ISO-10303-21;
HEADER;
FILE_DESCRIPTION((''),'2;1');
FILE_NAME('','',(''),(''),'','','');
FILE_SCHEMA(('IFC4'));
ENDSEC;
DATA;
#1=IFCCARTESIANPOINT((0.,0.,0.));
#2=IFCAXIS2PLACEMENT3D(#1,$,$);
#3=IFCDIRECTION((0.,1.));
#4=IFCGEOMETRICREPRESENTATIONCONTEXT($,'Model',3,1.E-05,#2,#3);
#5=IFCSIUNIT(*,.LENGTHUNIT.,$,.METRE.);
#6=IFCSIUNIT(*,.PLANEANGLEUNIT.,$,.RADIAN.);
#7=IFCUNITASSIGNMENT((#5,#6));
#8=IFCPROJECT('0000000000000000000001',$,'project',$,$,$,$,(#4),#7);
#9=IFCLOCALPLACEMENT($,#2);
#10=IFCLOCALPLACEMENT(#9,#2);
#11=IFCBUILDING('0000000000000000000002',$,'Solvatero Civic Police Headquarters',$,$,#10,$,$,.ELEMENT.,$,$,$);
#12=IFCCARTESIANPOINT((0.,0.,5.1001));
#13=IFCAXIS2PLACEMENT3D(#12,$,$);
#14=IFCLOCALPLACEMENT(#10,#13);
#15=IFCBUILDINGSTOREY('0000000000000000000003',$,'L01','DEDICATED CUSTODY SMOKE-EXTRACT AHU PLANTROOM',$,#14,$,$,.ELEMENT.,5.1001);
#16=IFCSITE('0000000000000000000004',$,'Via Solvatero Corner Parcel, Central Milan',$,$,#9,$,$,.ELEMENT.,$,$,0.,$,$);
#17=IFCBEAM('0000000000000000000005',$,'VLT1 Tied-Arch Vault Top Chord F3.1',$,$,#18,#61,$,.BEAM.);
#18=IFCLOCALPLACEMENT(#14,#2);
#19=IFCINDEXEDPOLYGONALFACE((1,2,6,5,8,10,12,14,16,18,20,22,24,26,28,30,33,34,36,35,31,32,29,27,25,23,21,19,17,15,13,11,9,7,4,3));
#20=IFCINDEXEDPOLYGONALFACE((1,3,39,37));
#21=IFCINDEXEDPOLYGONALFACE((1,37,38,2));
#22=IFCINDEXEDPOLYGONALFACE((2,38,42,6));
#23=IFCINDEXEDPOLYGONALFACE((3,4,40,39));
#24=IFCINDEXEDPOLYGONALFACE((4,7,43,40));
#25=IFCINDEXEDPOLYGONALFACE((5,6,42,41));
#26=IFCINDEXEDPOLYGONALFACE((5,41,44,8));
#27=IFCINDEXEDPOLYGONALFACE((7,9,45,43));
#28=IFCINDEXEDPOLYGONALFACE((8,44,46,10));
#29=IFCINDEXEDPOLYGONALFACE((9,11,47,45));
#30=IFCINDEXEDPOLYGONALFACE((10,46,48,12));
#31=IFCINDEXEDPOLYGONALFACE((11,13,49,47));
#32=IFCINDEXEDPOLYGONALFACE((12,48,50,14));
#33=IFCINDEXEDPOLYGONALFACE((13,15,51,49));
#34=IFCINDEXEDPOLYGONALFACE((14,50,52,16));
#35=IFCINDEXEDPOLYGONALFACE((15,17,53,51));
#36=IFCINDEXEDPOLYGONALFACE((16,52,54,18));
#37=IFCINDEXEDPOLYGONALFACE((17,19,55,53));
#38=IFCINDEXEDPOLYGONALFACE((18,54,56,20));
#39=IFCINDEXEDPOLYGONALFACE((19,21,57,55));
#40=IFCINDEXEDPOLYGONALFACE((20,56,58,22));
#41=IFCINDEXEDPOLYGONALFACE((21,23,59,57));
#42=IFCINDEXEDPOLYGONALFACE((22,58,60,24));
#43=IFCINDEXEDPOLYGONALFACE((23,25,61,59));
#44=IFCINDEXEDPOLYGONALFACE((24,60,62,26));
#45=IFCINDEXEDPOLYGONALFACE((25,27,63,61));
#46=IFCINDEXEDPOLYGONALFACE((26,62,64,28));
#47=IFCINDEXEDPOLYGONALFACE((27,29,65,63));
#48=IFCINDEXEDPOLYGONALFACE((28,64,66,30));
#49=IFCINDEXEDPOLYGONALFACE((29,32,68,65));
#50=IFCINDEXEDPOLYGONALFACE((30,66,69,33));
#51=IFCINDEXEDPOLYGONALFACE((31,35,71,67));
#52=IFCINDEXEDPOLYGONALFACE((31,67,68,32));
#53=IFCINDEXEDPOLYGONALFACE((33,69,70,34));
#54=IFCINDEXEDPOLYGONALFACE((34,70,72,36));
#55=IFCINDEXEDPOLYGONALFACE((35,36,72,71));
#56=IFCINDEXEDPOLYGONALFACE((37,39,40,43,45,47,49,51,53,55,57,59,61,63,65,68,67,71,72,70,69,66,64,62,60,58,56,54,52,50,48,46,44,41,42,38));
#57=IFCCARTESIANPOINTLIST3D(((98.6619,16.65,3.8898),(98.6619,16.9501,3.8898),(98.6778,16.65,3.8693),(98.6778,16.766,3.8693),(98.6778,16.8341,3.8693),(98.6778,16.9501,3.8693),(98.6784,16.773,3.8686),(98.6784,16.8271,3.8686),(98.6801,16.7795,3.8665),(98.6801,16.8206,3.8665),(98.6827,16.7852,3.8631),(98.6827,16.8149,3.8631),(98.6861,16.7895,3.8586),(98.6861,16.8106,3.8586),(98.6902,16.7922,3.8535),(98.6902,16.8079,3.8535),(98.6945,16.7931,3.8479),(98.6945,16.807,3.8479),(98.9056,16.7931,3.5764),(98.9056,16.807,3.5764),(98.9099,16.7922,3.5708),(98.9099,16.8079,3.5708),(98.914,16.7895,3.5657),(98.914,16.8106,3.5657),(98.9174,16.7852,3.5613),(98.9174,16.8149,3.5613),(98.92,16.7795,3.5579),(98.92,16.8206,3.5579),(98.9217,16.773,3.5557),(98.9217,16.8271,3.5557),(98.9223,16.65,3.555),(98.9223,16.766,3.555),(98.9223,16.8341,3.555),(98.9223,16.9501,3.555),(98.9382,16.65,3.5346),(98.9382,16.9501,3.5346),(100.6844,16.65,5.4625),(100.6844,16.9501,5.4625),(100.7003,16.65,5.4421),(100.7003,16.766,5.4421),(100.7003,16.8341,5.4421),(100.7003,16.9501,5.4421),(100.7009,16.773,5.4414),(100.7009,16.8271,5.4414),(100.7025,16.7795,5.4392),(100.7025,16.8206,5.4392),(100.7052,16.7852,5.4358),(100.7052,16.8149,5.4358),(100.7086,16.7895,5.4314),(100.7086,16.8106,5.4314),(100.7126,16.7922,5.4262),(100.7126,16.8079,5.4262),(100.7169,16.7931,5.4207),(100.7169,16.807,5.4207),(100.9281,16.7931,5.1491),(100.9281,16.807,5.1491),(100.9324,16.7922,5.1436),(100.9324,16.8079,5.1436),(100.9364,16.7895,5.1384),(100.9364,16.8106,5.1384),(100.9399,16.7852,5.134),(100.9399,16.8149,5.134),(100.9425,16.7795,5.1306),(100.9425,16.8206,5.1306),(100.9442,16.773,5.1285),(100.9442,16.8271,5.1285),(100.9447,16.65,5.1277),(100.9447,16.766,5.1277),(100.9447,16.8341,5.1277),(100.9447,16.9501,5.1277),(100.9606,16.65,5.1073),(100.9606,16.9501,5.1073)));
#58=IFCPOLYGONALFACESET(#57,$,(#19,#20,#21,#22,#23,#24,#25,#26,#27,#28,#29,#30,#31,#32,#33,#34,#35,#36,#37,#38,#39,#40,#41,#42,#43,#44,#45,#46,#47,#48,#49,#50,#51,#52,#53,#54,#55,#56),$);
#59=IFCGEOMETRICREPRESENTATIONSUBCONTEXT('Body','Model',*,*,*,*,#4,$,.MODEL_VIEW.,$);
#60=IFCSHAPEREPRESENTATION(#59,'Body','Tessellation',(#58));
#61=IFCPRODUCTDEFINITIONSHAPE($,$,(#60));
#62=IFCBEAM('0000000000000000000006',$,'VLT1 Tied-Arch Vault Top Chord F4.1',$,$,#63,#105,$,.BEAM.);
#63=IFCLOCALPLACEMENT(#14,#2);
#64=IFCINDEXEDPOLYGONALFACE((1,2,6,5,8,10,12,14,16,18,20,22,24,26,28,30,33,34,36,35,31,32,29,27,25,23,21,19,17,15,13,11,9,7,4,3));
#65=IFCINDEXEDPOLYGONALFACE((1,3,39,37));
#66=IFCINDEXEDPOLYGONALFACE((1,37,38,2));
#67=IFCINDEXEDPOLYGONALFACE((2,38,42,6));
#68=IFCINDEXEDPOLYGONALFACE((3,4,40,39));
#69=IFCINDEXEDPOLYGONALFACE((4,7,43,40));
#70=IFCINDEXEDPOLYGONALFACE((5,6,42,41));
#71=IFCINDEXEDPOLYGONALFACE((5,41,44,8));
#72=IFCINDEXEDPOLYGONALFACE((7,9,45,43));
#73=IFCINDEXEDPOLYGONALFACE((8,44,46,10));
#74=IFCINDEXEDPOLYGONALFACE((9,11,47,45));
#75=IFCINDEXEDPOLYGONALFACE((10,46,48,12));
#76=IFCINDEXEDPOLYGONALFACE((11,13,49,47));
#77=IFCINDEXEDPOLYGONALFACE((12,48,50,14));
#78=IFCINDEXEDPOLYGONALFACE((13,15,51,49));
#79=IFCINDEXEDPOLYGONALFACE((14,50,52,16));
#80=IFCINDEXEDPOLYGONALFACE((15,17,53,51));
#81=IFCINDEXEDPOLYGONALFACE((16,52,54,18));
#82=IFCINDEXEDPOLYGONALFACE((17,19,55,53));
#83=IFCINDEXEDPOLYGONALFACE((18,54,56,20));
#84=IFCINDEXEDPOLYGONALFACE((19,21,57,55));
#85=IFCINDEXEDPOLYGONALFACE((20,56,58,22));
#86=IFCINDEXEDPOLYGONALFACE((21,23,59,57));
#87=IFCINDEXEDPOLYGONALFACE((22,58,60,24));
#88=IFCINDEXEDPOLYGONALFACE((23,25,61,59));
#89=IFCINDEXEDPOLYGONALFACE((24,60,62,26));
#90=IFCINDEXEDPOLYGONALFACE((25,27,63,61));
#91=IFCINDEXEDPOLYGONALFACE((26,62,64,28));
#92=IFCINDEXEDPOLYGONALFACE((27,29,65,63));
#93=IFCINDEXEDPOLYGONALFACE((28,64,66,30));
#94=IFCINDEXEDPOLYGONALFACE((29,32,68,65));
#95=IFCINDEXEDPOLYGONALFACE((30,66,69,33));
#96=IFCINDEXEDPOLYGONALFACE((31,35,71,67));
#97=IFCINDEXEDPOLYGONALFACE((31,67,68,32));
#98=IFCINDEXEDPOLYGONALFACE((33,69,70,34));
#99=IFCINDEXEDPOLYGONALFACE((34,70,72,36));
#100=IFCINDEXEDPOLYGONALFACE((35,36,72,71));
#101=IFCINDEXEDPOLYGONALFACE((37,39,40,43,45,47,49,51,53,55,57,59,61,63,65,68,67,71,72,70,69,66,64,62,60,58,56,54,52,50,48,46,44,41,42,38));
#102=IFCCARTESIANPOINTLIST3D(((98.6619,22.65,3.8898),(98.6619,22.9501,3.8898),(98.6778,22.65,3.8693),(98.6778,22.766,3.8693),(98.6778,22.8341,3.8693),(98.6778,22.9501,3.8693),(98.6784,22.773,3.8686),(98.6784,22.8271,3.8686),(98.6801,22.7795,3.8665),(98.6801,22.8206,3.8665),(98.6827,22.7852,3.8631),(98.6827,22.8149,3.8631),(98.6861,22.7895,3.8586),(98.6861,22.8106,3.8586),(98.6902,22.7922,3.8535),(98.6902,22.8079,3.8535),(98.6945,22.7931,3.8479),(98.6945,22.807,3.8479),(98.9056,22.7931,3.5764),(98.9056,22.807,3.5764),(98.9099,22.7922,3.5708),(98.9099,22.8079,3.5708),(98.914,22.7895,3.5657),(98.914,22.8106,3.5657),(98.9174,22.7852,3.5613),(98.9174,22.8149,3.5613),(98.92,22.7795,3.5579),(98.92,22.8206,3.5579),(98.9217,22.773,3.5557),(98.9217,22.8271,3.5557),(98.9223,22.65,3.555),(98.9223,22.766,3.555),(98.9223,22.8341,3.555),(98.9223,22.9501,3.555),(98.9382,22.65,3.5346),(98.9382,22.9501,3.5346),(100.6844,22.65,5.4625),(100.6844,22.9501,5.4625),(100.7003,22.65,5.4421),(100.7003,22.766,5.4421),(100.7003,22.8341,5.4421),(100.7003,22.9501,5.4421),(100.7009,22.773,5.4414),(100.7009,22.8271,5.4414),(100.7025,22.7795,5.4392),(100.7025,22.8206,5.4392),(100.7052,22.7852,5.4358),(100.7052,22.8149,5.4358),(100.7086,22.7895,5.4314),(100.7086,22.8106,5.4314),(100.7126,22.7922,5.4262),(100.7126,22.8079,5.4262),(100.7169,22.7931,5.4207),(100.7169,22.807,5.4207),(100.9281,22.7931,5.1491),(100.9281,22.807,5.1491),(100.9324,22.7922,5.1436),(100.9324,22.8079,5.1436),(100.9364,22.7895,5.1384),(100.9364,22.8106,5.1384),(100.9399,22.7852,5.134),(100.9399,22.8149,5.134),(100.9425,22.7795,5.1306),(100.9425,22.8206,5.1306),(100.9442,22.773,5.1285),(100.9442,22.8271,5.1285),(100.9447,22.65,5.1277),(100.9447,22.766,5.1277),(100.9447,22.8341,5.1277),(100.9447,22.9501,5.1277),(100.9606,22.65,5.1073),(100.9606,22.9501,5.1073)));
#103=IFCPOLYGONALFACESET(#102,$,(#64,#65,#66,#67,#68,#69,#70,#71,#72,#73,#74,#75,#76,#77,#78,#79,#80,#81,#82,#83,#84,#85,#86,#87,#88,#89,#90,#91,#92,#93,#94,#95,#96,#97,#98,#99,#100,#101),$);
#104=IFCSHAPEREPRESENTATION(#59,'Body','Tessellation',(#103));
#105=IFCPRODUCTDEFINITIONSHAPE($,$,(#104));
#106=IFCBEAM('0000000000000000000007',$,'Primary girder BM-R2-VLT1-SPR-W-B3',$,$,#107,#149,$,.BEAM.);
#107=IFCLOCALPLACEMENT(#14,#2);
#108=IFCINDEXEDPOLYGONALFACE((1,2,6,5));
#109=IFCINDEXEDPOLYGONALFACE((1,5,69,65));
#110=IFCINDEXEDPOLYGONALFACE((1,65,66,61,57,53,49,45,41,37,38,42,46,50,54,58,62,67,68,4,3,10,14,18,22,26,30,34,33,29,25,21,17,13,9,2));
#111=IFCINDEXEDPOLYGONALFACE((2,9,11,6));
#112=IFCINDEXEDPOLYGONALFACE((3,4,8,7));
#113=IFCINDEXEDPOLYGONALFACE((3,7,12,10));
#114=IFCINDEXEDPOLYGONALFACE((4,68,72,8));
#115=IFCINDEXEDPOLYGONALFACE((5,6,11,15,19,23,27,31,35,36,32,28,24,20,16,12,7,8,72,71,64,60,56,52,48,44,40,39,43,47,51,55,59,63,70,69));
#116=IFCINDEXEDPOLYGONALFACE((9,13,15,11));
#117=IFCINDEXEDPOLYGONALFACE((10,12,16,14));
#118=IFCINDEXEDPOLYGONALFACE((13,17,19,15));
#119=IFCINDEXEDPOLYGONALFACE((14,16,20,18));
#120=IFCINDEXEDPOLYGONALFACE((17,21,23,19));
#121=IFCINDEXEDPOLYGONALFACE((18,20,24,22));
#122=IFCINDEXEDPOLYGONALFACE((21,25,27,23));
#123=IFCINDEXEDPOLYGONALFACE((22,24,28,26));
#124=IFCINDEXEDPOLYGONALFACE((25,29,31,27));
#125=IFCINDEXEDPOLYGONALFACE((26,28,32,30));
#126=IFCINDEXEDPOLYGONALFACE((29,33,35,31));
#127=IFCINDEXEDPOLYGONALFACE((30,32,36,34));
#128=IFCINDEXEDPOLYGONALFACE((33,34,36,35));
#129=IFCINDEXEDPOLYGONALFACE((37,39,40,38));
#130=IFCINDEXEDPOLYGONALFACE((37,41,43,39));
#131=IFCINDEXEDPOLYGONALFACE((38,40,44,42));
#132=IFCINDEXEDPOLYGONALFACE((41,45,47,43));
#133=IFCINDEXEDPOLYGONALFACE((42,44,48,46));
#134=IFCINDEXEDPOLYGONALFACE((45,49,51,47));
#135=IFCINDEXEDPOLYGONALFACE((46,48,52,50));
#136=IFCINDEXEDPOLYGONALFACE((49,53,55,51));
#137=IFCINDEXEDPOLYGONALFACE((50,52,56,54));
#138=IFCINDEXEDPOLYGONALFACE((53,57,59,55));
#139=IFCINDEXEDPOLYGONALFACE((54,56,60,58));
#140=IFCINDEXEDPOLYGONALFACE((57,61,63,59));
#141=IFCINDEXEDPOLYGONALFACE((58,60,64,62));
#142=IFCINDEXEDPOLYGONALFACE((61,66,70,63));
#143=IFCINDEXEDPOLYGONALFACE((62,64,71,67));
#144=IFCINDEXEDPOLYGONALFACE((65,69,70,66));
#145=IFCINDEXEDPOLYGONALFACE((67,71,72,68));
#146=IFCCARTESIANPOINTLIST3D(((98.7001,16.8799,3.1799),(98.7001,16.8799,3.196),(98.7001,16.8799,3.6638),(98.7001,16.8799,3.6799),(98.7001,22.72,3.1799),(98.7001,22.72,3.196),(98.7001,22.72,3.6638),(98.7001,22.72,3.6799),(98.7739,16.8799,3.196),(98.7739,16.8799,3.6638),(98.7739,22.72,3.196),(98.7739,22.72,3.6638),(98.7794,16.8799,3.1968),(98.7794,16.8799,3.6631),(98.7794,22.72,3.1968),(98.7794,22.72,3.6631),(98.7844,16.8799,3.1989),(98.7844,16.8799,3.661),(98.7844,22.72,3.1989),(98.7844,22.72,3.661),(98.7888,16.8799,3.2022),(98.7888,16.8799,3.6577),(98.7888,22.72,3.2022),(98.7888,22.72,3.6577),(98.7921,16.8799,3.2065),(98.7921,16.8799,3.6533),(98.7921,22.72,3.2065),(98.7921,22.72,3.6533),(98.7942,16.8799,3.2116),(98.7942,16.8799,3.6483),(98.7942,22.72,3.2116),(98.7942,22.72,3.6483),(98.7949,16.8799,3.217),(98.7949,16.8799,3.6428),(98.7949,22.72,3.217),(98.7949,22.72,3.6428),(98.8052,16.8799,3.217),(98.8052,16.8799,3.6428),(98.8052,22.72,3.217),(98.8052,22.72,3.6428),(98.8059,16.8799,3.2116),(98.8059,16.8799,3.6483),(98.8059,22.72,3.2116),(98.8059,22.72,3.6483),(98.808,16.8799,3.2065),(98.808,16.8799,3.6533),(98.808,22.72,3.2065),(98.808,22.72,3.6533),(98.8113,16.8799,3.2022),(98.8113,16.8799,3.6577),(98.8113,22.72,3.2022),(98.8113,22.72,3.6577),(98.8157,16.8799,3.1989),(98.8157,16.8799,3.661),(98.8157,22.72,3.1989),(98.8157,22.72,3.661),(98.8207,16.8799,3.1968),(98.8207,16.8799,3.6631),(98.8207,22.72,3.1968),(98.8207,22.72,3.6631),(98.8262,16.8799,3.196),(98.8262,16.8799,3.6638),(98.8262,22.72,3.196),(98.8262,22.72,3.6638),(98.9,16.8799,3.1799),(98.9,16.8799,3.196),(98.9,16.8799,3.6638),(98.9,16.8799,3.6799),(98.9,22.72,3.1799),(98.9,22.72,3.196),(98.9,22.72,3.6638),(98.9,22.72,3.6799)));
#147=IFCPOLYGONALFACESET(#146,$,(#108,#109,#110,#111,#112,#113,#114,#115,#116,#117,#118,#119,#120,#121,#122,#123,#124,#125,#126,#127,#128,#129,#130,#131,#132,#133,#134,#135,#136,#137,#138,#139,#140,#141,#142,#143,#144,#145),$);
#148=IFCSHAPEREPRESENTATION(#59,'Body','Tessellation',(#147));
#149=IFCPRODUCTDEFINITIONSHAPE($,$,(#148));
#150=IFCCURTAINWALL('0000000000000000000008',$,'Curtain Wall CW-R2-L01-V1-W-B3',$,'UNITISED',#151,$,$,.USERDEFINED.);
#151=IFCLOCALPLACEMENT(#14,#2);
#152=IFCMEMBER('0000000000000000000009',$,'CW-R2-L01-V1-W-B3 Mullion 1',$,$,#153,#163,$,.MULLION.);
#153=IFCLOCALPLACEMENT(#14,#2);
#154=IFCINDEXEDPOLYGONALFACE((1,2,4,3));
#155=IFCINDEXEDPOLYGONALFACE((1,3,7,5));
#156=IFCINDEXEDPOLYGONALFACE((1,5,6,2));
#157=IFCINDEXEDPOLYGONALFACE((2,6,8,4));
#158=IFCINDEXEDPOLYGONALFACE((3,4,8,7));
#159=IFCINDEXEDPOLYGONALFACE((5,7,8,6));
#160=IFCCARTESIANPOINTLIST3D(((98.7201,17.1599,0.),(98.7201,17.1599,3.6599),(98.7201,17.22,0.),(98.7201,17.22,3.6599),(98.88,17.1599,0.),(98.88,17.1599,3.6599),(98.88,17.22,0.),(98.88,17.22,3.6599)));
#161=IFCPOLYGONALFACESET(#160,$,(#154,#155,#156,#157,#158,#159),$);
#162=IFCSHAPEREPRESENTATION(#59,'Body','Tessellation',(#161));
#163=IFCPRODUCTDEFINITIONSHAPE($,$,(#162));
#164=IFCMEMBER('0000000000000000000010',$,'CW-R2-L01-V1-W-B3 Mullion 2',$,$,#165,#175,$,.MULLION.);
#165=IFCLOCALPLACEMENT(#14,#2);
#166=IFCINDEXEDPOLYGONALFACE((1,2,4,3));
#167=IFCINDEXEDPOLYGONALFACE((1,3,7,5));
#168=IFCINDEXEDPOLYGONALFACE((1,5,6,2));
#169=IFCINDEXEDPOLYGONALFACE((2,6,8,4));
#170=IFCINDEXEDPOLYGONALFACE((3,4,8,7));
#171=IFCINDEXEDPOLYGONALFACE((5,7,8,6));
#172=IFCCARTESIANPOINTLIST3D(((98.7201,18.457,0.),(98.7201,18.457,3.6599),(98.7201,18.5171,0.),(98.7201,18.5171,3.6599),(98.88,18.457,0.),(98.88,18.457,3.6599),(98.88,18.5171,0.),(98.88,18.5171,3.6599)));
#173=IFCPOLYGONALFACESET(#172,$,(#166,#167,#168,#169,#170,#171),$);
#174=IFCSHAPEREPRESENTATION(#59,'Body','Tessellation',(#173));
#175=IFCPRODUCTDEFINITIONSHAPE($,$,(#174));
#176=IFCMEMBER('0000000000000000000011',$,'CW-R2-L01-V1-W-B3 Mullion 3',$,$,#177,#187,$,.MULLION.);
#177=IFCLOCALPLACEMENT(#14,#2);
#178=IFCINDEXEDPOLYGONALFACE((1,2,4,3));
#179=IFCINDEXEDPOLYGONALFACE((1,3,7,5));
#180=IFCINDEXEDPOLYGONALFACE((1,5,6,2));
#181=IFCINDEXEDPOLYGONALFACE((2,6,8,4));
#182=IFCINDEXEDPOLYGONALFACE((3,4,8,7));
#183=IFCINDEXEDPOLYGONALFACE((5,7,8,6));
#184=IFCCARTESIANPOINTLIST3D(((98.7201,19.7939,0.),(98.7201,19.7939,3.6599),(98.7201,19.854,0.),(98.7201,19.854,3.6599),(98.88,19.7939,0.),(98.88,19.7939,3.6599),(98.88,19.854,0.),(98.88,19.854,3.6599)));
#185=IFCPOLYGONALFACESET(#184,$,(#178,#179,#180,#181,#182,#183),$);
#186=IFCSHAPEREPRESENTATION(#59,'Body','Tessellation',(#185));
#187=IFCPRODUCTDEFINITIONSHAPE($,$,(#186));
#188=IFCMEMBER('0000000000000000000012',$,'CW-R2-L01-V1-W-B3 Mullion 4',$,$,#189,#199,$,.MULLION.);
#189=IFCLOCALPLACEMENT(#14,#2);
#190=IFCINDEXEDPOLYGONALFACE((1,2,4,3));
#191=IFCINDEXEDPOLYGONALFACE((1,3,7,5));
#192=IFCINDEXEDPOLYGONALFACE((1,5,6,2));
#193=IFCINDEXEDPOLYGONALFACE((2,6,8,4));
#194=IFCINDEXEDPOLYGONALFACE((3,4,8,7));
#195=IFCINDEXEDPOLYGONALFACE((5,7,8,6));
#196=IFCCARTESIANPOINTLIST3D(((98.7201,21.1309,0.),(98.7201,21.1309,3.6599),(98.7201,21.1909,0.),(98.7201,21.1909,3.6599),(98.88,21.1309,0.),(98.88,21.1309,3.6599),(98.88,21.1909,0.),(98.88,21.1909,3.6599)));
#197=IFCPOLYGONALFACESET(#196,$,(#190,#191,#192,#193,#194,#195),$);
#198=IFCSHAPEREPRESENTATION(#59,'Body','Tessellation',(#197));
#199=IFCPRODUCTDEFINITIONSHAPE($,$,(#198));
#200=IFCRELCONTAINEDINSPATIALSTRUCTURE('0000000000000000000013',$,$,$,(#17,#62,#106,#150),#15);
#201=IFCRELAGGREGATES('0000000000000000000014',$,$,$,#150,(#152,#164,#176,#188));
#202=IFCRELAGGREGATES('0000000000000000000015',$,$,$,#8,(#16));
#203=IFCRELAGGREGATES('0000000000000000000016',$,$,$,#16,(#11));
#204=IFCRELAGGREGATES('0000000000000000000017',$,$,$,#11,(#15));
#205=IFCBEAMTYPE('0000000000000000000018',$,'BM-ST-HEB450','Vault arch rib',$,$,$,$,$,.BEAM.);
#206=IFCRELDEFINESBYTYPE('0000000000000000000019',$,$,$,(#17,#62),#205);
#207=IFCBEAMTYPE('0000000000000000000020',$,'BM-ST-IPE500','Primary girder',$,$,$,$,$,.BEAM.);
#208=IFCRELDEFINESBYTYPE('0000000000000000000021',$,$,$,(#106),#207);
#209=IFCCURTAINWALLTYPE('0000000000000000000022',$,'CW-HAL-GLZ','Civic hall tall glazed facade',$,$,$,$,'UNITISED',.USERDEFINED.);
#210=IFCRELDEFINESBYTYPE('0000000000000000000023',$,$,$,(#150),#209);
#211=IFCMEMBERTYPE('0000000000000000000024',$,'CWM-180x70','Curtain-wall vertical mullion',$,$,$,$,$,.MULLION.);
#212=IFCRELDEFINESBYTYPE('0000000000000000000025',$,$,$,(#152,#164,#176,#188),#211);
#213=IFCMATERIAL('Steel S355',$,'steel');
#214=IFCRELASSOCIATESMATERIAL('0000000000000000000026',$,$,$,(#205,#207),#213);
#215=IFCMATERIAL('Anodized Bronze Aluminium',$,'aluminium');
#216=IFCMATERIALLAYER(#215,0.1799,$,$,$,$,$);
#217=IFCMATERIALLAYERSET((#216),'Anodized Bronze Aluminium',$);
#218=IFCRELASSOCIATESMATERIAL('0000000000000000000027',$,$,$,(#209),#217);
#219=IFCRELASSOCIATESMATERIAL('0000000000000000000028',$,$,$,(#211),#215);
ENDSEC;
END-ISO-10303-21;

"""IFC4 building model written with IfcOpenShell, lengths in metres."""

from ifc_helpers import new_model, si_unit, direction, frame, origin, origin_2d, place, context, subcontext, project, spatial, rectangle, i_section, extrude, material, layer, layer_set, material_profile, profile_set, type_object, element, aggregate, save


model = new_model("IFC4")

# Units and contexts
model_context = context("Model", 3, precision=1e-05, world=origin(), true_north=direction((0.0, 1.0)))
body_context = subcontext(model_context, "Body", "Model", "MODEL_VIEW")
ifc_project = project(units=[si_unit("LENGTHUNIT", "METRE"), si_unit("PLANEANGLEUNIT", "RADIAN")], contexts=[model_context])

# Site, building, storey
site_placement = place(None, origin())
site = spatial("IfcSite", under=ifc_project, at=site_placement, Name="Via Solvatero Corner Parcel, Central Milan", CompositionType="ELEMENT", RefElevation=0.0)
building_placement = place(site_placement, origin())
building = spatial("IfcBuilding", under=site, at=building_placement, Name="Solvatero Civic Police Headquarters", CompositionType="ELEMENT")
storey_placement = place(building_placement, frame((0.0, 0.0, 5.1001)))
storey = spatial("IfcBuildingStorey", under=building, at=storey_placement, Name="L01", Description="DEDICATED CUSTODY SMOKE-EXTRACT AHU PLANTROOM", CompositionType="ELEMENT", Elevation=5.1001)

# Shared definitions
ifc_material_1 = material(Name="Steel S355", Category="steel")

# Beams
ifc_material_profile_1 = material_profile(ifc_material_1, i_section(OverallWidth=0.3, OverallDepth=0.45, WebThickness=0.0139, FlangeThickness=0.0259, FilletRadius=0.0271, at=origin_2d()), Name="HEB 450")
ifc_profile_set_1 = profile_set([ifc_material_profile_1], Name="Steel S355")
beam_type_1 = type_object("IfcBeamType", Name="BM-ST-HEB450", Description="Vault arch rib", PredefinedType="BEAM", material=ifc_profile_set_1)
for number, where, z_axis, x_axis, name in (
    (1, (98.8, 16.8, 3.7122), (0.789404, 0.0, 0.613875), (0.0, 1.0, 0.0), "VLT1 Tied-Arch Vault Top Chord F3.1"),
    (2, (98.8, 22.8, 3.7122), (0.789404, 0.0, 0.613875), (0.0, 1.0, 0.0), "VLT1 Tied-Arch Vault Top Chord F4.1"),
):
    element("IfcBeam", number, at=place(storey_placement, frame(where, z_axis=z_axis, x_axis=x_axis)), inside=storey, type_object=beam_type_1, Name=name, PredefinedType="BEAM", context=body_context, shape_type="SweptSolid", body=[
        extrude(i_section(OverallWidth=0.3, OverallDepth=0.45, WebThickness=0.0139, FlangeThickness=0.0259, FilletRadius=0.0271, at=origin_2d()), origin(), (0.0, 0.0, 1.0), 2.562),
    ])
ifc_material_profile_2 = material_profile(ifc_material_1, i_section(OverallWidth=0.2, OverallDepth=0.5, WebThickness=0.0103, FlangeThickness=0.0161, FilletRadius=0.021, at=origin_2d()), Name="IPE 500")
ifc_profile_set_2 = profile_set([ifc_material_profile_2], Name="Steel S355")
beam_type_2 = type_object("IfcBeamType", Name="BM-ST-IPE500", Description="Primary girder", PredefinedType="BEAM", material=ifc_profile_set_2)
beam_placement = place(storey_placement, frame((98.8, 16.8799, 3.4299), z_axis=(0.0, 1.0, 0.0), x_axis=(-1.0, 0.0, 0.0)))
element("IfcBeam", 3, at=beam_placement, inside=storey, type_object=beam_type_2, Name="Primary girder BM-R2-VLT1-SPR-W-B3", PredefinedType="BEAM", context=body_context, shape_type="SweptSolid", body=[
    extrude(i_section(OverallWidth=0.2, OverallDepth=0.5, WebThickness=0.0103, FlangeThickness=0.0161, FilletRadius=0.021, at=origin_2d()), origin(), (0.0, 0.0, 1.0), 5.8401),
])

# Curtain wall, members
ifc_material_2 = material(Name="Anodized Bronze Aluminium", Category="aluminium")
ifc_layer_1 = layer(ifc_material_2, 0.1799)
ifc_layer_set_1 = layer_set([ifc_layer_1], Name="Anodized Bronze Aluminium")
curtain_wall_type = type_object("IfcCurtainWallType", Name="CW-HAL-GLZ", Description="Civic hall tall glazed facade", ElementType="UNITISED", PredefinedType="USERDEFINED", material=ifc_layer_set_1)
curtain_wall_placement = place(storey_placement, origin())
curtain_wall = element("IfcCurtainWall", 4, at=curtain_wall_placement, inside=storey, type_object=curtain_wall_type, Name="Curtain Wall CW-R2-L01-V1-W-B3", ObjectType="UNITISED", PredefinedType="USERDEFINED")
ifc_material_profile_3 = material_profile(ifc_material_2, rectangle(XDim=0.0601, YDim=0.1599, at=origin_2d()), Name="ALU MULLION 60x160")
ifc_profile_set_3 = profile_set([ifc_material_profile_3], Name="Anodized Bronze Aluminium")
member_type_1 = type_object("IfcMemberType", Name="CWM-180x70", Description="Curtain-wall vertical mullion", PredefinedType="MULLION", material=ifc_profile_set_3)
member_1_placement = place(storey_placement, frame((98.8, 17.1899, 0.0), z_axis=(0.0, 0.0, 1.0), x_axis=(0.0, 1.0, 0.0)))
member_1 = element("IfcMember", 5, at=member_1_placement, type_object=member_type_1, Name="CW-R2-L01-V1-W-B3 Mullion 1", PredefinedType="MULLION", context=body_context, shape_type="SweptSolid", body=[
    extrude(rectangle(XDim=0.0601, YDim=0.1599, at=origin_2d()), origin(), (0.0, 0.0, 1.0), 3.6599),
])
member_2_placement = place(storey_placement, frame((98.8, 18.4871, 0.0), z_axis=(0.0, 0.0, 1.0), x_axis=(0.0, 1.0, 0.0)))
member_2 = element("IfcMember", 6, at=member_2_placement, type_object=member_type_1, Name="CW-R2-L01-V1-W-B3 Mullion 2", PredefinedType="MULLION", context=body_context, shape_type="SweptSolid", body=[
    extrude(rectangle(XDim=0.0601, YDim=0.1599, at=origin_2d()), origin(), (0.0, 0.0, 1.0), 3.6599),
])
member_3_placement = place(storey_placement, frame((98.8, 19.824, 0.0), z_axis=(0.0, 0.0, 1.0), x_axis=(0.0, 1.0, 0.0)))
member_3 = element("IfcMember", 7, at=member_3_placement, type_object=member_type_1, Name="CW-R2-L01-V1-W-B3 Mullion 3", PredefinedType="MULLION", context=body_context, shape_type="SweptSolid", body=[
    extrude(rectangle(XDim=0.0601, YDim=0.1599, at=origin_2d()), origin(), (0.0, 0.0, 1.0), 3.6599),
])
member_4_placement = place(storey_placement, frame((98.8, 21.1609, 0.0), z_axis=(0.0, 0.0, 1.0), x_axis=(0.0, 1.0, 0.0)))
member_4 = element("IfcMember", 8, at=member_4_placement, type_object=member_type_1, Name="CW-R2-L01-V1-W-B3 Mullion 4", PredefinedType="MULLION", context=body_context, shape_type="SweptSolid", body=[
    extrude(rectangle(XDim=0.0601, YDim=0.1599, at=origin_2d()), origin(), (0.0, 0.0, 1.0), 3.6599),
])
aggregate(curtain_wall, [member_1, member_2, member_3, member_4])

save(model, "model.ifc")
